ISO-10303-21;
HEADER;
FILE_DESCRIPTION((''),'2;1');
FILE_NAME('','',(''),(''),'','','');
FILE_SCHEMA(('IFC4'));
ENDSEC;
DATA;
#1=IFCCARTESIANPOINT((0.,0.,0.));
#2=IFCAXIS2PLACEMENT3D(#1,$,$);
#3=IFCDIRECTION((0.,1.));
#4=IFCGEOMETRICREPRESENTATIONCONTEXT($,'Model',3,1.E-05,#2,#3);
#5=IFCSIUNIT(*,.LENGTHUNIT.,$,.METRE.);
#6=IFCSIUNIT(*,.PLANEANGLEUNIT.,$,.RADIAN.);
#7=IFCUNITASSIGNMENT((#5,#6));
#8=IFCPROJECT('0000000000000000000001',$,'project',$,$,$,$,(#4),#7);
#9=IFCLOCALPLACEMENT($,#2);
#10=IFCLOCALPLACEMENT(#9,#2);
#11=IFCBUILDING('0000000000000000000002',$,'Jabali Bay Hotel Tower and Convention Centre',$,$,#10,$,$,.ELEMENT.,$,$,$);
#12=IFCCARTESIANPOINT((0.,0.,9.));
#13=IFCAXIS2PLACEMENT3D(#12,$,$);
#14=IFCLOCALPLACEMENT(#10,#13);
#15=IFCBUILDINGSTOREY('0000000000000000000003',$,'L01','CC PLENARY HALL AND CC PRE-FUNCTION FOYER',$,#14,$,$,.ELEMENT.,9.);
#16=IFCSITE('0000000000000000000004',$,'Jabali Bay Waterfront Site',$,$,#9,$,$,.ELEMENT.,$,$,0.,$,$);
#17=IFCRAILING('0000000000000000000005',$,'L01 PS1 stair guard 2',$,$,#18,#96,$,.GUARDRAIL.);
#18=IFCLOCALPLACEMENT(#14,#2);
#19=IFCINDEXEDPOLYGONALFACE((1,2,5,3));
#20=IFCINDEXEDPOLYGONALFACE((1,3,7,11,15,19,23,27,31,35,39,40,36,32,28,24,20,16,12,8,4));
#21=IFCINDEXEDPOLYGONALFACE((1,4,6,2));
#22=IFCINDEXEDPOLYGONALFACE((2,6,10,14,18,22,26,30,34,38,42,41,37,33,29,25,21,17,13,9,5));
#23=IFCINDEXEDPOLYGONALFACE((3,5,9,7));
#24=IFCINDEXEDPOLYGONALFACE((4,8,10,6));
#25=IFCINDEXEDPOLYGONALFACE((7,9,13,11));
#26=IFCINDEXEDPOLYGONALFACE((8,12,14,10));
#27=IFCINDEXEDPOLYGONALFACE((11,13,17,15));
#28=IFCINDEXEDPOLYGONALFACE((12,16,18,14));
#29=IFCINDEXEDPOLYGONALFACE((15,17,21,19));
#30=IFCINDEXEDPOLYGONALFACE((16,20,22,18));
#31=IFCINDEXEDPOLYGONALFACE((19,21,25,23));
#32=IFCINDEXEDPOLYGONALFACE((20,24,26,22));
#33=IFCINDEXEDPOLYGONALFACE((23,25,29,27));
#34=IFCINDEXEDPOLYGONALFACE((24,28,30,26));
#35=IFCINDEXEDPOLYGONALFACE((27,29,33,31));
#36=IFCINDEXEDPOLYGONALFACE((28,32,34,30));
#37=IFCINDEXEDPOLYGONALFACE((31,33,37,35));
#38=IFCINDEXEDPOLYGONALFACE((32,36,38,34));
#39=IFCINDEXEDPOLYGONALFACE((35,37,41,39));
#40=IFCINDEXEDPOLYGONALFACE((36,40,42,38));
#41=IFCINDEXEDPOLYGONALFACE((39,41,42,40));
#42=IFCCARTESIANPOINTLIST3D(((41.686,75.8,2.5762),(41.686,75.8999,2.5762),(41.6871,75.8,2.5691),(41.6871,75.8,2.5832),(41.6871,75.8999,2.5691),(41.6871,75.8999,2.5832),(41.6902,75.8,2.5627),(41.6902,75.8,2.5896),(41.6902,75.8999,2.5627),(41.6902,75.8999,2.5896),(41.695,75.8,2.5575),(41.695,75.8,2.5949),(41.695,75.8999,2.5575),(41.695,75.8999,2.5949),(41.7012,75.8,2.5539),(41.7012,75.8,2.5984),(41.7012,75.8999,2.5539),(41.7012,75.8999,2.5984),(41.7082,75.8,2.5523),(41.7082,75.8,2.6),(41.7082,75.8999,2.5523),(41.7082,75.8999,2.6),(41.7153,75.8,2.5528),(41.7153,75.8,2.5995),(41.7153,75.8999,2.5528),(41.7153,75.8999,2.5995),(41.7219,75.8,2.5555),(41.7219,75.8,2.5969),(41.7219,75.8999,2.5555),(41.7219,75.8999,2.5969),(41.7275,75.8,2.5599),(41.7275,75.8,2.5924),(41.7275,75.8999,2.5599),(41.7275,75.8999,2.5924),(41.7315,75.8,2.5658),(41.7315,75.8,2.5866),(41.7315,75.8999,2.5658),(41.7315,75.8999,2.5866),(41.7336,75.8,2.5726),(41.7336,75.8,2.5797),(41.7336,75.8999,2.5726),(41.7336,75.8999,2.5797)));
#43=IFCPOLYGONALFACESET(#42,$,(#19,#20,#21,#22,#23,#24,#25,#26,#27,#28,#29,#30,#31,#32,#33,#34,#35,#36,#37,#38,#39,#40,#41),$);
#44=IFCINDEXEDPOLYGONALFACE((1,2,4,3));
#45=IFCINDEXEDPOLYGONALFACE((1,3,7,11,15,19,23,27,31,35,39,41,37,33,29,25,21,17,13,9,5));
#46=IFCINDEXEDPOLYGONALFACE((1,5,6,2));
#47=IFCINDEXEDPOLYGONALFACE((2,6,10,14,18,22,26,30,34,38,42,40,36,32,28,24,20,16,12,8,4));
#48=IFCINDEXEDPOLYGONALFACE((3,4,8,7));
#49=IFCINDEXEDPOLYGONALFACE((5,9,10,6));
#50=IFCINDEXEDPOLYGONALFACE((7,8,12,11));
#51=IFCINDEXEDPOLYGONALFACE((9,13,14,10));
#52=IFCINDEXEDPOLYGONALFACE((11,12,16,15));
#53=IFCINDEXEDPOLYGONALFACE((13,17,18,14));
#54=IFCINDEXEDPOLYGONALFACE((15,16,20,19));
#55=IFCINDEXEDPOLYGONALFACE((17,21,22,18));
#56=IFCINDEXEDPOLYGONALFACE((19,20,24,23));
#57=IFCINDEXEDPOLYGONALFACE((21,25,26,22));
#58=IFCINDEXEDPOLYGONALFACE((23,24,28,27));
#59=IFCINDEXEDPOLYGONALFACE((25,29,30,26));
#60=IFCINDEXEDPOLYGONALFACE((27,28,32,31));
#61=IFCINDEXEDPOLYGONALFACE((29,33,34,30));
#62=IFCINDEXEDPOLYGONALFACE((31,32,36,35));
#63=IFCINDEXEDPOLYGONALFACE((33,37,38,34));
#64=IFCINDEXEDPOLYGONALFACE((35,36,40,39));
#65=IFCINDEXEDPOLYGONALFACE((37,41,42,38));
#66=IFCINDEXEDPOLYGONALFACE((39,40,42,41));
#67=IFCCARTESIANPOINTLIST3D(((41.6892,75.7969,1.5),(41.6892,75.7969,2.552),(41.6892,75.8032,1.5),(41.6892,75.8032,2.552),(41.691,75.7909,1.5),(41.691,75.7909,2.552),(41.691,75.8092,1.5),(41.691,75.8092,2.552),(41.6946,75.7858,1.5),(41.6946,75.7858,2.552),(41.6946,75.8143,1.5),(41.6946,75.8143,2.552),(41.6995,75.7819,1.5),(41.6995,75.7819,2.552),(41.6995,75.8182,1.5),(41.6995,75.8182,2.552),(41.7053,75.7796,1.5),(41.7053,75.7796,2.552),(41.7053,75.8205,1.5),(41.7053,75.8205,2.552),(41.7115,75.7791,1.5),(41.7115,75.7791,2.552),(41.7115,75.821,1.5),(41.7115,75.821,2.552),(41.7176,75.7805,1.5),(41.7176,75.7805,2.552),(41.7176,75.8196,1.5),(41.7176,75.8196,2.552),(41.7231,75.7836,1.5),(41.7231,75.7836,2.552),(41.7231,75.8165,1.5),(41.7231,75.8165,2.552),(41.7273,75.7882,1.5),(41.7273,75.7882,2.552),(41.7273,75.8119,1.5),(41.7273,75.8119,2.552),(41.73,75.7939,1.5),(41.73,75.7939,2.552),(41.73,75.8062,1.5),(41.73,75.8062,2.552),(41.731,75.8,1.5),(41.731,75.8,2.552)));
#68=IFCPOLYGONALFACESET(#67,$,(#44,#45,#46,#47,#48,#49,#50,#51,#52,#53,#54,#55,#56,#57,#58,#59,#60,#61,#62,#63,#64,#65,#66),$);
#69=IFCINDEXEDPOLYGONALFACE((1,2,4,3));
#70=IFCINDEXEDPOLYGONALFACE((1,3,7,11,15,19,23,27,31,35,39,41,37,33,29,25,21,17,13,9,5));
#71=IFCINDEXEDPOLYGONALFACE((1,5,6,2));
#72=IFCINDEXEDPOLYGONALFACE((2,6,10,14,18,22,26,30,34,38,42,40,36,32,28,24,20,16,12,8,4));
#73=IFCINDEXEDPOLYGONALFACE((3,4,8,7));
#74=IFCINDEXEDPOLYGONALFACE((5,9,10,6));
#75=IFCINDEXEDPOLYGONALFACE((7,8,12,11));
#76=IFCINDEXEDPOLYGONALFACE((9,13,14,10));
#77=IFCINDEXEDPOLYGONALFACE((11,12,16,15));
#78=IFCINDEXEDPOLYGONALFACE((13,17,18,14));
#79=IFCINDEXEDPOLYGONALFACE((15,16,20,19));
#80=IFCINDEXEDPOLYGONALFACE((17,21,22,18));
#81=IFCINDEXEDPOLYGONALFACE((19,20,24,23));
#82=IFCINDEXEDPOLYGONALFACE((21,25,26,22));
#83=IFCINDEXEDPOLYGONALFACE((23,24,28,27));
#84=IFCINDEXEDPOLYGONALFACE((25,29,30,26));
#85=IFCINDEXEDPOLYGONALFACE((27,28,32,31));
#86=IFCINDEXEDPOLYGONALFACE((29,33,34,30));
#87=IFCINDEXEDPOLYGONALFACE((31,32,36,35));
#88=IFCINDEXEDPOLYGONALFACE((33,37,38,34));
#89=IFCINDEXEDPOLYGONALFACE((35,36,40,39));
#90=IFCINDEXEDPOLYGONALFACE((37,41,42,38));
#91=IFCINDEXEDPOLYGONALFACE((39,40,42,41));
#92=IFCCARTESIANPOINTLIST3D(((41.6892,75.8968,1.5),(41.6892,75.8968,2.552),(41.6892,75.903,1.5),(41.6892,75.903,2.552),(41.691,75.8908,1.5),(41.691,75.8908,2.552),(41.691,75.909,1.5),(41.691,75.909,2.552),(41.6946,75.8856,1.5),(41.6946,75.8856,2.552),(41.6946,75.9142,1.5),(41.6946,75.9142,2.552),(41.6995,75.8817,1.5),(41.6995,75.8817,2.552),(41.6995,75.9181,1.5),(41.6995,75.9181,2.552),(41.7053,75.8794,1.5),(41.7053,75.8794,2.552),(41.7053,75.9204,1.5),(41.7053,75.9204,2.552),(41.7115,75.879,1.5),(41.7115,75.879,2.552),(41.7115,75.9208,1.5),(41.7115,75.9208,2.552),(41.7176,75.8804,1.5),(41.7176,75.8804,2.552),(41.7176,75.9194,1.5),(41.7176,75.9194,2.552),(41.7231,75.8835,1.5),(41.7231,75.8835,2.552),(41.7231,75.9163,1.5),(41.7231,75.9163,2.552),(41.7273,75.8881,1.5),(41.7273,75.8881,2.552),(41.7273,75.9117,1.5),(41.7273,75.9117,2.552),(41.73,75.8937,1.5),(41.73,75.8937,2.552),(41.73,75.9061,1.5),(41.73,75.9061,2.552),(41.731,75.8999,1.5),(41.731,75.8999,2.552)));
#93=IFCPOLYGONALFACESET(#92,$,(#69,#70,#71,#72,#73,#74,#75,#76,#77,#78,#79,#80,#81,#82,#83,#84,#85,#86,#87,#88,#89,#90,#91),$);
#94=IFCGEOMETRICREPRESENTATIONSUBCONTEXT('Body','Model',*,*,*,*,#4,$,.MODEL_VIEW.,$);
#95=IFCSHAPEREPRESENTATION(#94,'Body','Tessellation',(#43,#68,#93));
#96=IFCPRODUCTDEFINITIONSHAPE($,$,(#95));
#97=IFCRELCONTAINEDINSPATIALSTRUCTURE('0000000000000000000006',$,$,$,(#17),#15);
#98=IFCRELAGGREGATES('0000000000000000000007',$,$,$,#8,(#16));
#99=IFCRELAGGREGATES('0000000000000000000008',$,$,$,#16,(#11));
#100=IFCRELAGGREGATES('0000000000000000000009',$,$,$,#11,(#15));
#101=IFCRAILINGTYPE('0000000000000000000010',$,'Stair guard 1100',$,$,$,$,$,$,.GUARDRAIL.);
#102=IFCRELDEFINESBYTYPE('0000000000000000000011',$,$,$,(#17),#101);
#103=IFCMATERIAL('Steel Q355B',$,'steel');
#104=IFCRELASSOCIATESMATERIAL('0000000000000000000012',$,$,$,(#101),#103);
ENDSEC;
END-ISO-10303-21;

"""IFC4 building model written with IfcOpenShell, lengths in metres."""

from ifc_helpers import new_model, si_unit, direction, frame, origin, origin_2d, place, context, subcontext, project, spatial, circle, extrude, material, type_object, element, save


model = new_model("IFC4")

# Units and contexts
model_context = context("Model", 3, precision=1e-05, world=origin(), true_north=direction((0.0, 1.0)))
body_context = subcontext(model_context, "Body", "Model", "MODEL_VIEW")
ifc_project = project(units=[si_unit("LENGTHUNIT", "METRE"), si_unit("PLANEANGLEUNIT", "RADIAN")], contexts=[model_context])

# Site, building, storey
site_placement = place(None, origin())
site = spatial("IfcSite", under=ifc_project, at=site_placement, Name="Jabali Bay Waterfront Site", CompositionType="ELEMENT", RefElevation=0.0)
building_placement = place(site_placement, origin())
building = spatial("IfcBuilding", under=site, at=building_placement, Name="Jabali Bay Hotel Tower and Convention Centre", CompositionType="ELEMENT")
storey_placement = place(building_placement, frame((0.0, 0.0, 9.0)))
storey = spatial("IfcBuildingStorey", under=building, at=storey_placement, Name="L01", Description="CC PLENARY HALL AND CC PRE-FUNCTION FOYER", CompositionType="ELEMENT", Elevation=9.0)

# Railing
ifc_material_1 = material(Name="Steel Q355B", Category="steel")
railing_type_1 = type_object("IfcRailingType", Name="Stair guard 1100", PredefinedType="GUARDRAIL", material=ifc_material_1)
railing_1_placement = place(storey_placement, frame((41.71, 75.8, 1.5)))
element("IfcRailing", 1, at=railing_1_placement, inside=storey, type_object=railing_type_1, Name="L01 PS1 stair guard 2", PredefinedType="GUARDRAIL", context=body_context, shape_type="SweptSolid", body=[
    extrude(circle(Radius=0.0239, at=origin_2d()), frame((0.0, 0.0, 1.0762), z_axis=(0.0, 1.0, 0.0), x_axis=(-1.0, 0.0, 0.0)), (0.0, 0.0, 1.0), 0.0999),
    extrude(circle(Radius=0.021, at=origin_2d()), origin(), (0.0, 0.0, 1.0), 1.052),
    extrude(circle(Radius=0.021, at=origin_2d()), frame((0.0, 0.0999, 0.0)), (0.0, 0.0, 1.0), 1.052),
])

save(model, "model.ifc")
